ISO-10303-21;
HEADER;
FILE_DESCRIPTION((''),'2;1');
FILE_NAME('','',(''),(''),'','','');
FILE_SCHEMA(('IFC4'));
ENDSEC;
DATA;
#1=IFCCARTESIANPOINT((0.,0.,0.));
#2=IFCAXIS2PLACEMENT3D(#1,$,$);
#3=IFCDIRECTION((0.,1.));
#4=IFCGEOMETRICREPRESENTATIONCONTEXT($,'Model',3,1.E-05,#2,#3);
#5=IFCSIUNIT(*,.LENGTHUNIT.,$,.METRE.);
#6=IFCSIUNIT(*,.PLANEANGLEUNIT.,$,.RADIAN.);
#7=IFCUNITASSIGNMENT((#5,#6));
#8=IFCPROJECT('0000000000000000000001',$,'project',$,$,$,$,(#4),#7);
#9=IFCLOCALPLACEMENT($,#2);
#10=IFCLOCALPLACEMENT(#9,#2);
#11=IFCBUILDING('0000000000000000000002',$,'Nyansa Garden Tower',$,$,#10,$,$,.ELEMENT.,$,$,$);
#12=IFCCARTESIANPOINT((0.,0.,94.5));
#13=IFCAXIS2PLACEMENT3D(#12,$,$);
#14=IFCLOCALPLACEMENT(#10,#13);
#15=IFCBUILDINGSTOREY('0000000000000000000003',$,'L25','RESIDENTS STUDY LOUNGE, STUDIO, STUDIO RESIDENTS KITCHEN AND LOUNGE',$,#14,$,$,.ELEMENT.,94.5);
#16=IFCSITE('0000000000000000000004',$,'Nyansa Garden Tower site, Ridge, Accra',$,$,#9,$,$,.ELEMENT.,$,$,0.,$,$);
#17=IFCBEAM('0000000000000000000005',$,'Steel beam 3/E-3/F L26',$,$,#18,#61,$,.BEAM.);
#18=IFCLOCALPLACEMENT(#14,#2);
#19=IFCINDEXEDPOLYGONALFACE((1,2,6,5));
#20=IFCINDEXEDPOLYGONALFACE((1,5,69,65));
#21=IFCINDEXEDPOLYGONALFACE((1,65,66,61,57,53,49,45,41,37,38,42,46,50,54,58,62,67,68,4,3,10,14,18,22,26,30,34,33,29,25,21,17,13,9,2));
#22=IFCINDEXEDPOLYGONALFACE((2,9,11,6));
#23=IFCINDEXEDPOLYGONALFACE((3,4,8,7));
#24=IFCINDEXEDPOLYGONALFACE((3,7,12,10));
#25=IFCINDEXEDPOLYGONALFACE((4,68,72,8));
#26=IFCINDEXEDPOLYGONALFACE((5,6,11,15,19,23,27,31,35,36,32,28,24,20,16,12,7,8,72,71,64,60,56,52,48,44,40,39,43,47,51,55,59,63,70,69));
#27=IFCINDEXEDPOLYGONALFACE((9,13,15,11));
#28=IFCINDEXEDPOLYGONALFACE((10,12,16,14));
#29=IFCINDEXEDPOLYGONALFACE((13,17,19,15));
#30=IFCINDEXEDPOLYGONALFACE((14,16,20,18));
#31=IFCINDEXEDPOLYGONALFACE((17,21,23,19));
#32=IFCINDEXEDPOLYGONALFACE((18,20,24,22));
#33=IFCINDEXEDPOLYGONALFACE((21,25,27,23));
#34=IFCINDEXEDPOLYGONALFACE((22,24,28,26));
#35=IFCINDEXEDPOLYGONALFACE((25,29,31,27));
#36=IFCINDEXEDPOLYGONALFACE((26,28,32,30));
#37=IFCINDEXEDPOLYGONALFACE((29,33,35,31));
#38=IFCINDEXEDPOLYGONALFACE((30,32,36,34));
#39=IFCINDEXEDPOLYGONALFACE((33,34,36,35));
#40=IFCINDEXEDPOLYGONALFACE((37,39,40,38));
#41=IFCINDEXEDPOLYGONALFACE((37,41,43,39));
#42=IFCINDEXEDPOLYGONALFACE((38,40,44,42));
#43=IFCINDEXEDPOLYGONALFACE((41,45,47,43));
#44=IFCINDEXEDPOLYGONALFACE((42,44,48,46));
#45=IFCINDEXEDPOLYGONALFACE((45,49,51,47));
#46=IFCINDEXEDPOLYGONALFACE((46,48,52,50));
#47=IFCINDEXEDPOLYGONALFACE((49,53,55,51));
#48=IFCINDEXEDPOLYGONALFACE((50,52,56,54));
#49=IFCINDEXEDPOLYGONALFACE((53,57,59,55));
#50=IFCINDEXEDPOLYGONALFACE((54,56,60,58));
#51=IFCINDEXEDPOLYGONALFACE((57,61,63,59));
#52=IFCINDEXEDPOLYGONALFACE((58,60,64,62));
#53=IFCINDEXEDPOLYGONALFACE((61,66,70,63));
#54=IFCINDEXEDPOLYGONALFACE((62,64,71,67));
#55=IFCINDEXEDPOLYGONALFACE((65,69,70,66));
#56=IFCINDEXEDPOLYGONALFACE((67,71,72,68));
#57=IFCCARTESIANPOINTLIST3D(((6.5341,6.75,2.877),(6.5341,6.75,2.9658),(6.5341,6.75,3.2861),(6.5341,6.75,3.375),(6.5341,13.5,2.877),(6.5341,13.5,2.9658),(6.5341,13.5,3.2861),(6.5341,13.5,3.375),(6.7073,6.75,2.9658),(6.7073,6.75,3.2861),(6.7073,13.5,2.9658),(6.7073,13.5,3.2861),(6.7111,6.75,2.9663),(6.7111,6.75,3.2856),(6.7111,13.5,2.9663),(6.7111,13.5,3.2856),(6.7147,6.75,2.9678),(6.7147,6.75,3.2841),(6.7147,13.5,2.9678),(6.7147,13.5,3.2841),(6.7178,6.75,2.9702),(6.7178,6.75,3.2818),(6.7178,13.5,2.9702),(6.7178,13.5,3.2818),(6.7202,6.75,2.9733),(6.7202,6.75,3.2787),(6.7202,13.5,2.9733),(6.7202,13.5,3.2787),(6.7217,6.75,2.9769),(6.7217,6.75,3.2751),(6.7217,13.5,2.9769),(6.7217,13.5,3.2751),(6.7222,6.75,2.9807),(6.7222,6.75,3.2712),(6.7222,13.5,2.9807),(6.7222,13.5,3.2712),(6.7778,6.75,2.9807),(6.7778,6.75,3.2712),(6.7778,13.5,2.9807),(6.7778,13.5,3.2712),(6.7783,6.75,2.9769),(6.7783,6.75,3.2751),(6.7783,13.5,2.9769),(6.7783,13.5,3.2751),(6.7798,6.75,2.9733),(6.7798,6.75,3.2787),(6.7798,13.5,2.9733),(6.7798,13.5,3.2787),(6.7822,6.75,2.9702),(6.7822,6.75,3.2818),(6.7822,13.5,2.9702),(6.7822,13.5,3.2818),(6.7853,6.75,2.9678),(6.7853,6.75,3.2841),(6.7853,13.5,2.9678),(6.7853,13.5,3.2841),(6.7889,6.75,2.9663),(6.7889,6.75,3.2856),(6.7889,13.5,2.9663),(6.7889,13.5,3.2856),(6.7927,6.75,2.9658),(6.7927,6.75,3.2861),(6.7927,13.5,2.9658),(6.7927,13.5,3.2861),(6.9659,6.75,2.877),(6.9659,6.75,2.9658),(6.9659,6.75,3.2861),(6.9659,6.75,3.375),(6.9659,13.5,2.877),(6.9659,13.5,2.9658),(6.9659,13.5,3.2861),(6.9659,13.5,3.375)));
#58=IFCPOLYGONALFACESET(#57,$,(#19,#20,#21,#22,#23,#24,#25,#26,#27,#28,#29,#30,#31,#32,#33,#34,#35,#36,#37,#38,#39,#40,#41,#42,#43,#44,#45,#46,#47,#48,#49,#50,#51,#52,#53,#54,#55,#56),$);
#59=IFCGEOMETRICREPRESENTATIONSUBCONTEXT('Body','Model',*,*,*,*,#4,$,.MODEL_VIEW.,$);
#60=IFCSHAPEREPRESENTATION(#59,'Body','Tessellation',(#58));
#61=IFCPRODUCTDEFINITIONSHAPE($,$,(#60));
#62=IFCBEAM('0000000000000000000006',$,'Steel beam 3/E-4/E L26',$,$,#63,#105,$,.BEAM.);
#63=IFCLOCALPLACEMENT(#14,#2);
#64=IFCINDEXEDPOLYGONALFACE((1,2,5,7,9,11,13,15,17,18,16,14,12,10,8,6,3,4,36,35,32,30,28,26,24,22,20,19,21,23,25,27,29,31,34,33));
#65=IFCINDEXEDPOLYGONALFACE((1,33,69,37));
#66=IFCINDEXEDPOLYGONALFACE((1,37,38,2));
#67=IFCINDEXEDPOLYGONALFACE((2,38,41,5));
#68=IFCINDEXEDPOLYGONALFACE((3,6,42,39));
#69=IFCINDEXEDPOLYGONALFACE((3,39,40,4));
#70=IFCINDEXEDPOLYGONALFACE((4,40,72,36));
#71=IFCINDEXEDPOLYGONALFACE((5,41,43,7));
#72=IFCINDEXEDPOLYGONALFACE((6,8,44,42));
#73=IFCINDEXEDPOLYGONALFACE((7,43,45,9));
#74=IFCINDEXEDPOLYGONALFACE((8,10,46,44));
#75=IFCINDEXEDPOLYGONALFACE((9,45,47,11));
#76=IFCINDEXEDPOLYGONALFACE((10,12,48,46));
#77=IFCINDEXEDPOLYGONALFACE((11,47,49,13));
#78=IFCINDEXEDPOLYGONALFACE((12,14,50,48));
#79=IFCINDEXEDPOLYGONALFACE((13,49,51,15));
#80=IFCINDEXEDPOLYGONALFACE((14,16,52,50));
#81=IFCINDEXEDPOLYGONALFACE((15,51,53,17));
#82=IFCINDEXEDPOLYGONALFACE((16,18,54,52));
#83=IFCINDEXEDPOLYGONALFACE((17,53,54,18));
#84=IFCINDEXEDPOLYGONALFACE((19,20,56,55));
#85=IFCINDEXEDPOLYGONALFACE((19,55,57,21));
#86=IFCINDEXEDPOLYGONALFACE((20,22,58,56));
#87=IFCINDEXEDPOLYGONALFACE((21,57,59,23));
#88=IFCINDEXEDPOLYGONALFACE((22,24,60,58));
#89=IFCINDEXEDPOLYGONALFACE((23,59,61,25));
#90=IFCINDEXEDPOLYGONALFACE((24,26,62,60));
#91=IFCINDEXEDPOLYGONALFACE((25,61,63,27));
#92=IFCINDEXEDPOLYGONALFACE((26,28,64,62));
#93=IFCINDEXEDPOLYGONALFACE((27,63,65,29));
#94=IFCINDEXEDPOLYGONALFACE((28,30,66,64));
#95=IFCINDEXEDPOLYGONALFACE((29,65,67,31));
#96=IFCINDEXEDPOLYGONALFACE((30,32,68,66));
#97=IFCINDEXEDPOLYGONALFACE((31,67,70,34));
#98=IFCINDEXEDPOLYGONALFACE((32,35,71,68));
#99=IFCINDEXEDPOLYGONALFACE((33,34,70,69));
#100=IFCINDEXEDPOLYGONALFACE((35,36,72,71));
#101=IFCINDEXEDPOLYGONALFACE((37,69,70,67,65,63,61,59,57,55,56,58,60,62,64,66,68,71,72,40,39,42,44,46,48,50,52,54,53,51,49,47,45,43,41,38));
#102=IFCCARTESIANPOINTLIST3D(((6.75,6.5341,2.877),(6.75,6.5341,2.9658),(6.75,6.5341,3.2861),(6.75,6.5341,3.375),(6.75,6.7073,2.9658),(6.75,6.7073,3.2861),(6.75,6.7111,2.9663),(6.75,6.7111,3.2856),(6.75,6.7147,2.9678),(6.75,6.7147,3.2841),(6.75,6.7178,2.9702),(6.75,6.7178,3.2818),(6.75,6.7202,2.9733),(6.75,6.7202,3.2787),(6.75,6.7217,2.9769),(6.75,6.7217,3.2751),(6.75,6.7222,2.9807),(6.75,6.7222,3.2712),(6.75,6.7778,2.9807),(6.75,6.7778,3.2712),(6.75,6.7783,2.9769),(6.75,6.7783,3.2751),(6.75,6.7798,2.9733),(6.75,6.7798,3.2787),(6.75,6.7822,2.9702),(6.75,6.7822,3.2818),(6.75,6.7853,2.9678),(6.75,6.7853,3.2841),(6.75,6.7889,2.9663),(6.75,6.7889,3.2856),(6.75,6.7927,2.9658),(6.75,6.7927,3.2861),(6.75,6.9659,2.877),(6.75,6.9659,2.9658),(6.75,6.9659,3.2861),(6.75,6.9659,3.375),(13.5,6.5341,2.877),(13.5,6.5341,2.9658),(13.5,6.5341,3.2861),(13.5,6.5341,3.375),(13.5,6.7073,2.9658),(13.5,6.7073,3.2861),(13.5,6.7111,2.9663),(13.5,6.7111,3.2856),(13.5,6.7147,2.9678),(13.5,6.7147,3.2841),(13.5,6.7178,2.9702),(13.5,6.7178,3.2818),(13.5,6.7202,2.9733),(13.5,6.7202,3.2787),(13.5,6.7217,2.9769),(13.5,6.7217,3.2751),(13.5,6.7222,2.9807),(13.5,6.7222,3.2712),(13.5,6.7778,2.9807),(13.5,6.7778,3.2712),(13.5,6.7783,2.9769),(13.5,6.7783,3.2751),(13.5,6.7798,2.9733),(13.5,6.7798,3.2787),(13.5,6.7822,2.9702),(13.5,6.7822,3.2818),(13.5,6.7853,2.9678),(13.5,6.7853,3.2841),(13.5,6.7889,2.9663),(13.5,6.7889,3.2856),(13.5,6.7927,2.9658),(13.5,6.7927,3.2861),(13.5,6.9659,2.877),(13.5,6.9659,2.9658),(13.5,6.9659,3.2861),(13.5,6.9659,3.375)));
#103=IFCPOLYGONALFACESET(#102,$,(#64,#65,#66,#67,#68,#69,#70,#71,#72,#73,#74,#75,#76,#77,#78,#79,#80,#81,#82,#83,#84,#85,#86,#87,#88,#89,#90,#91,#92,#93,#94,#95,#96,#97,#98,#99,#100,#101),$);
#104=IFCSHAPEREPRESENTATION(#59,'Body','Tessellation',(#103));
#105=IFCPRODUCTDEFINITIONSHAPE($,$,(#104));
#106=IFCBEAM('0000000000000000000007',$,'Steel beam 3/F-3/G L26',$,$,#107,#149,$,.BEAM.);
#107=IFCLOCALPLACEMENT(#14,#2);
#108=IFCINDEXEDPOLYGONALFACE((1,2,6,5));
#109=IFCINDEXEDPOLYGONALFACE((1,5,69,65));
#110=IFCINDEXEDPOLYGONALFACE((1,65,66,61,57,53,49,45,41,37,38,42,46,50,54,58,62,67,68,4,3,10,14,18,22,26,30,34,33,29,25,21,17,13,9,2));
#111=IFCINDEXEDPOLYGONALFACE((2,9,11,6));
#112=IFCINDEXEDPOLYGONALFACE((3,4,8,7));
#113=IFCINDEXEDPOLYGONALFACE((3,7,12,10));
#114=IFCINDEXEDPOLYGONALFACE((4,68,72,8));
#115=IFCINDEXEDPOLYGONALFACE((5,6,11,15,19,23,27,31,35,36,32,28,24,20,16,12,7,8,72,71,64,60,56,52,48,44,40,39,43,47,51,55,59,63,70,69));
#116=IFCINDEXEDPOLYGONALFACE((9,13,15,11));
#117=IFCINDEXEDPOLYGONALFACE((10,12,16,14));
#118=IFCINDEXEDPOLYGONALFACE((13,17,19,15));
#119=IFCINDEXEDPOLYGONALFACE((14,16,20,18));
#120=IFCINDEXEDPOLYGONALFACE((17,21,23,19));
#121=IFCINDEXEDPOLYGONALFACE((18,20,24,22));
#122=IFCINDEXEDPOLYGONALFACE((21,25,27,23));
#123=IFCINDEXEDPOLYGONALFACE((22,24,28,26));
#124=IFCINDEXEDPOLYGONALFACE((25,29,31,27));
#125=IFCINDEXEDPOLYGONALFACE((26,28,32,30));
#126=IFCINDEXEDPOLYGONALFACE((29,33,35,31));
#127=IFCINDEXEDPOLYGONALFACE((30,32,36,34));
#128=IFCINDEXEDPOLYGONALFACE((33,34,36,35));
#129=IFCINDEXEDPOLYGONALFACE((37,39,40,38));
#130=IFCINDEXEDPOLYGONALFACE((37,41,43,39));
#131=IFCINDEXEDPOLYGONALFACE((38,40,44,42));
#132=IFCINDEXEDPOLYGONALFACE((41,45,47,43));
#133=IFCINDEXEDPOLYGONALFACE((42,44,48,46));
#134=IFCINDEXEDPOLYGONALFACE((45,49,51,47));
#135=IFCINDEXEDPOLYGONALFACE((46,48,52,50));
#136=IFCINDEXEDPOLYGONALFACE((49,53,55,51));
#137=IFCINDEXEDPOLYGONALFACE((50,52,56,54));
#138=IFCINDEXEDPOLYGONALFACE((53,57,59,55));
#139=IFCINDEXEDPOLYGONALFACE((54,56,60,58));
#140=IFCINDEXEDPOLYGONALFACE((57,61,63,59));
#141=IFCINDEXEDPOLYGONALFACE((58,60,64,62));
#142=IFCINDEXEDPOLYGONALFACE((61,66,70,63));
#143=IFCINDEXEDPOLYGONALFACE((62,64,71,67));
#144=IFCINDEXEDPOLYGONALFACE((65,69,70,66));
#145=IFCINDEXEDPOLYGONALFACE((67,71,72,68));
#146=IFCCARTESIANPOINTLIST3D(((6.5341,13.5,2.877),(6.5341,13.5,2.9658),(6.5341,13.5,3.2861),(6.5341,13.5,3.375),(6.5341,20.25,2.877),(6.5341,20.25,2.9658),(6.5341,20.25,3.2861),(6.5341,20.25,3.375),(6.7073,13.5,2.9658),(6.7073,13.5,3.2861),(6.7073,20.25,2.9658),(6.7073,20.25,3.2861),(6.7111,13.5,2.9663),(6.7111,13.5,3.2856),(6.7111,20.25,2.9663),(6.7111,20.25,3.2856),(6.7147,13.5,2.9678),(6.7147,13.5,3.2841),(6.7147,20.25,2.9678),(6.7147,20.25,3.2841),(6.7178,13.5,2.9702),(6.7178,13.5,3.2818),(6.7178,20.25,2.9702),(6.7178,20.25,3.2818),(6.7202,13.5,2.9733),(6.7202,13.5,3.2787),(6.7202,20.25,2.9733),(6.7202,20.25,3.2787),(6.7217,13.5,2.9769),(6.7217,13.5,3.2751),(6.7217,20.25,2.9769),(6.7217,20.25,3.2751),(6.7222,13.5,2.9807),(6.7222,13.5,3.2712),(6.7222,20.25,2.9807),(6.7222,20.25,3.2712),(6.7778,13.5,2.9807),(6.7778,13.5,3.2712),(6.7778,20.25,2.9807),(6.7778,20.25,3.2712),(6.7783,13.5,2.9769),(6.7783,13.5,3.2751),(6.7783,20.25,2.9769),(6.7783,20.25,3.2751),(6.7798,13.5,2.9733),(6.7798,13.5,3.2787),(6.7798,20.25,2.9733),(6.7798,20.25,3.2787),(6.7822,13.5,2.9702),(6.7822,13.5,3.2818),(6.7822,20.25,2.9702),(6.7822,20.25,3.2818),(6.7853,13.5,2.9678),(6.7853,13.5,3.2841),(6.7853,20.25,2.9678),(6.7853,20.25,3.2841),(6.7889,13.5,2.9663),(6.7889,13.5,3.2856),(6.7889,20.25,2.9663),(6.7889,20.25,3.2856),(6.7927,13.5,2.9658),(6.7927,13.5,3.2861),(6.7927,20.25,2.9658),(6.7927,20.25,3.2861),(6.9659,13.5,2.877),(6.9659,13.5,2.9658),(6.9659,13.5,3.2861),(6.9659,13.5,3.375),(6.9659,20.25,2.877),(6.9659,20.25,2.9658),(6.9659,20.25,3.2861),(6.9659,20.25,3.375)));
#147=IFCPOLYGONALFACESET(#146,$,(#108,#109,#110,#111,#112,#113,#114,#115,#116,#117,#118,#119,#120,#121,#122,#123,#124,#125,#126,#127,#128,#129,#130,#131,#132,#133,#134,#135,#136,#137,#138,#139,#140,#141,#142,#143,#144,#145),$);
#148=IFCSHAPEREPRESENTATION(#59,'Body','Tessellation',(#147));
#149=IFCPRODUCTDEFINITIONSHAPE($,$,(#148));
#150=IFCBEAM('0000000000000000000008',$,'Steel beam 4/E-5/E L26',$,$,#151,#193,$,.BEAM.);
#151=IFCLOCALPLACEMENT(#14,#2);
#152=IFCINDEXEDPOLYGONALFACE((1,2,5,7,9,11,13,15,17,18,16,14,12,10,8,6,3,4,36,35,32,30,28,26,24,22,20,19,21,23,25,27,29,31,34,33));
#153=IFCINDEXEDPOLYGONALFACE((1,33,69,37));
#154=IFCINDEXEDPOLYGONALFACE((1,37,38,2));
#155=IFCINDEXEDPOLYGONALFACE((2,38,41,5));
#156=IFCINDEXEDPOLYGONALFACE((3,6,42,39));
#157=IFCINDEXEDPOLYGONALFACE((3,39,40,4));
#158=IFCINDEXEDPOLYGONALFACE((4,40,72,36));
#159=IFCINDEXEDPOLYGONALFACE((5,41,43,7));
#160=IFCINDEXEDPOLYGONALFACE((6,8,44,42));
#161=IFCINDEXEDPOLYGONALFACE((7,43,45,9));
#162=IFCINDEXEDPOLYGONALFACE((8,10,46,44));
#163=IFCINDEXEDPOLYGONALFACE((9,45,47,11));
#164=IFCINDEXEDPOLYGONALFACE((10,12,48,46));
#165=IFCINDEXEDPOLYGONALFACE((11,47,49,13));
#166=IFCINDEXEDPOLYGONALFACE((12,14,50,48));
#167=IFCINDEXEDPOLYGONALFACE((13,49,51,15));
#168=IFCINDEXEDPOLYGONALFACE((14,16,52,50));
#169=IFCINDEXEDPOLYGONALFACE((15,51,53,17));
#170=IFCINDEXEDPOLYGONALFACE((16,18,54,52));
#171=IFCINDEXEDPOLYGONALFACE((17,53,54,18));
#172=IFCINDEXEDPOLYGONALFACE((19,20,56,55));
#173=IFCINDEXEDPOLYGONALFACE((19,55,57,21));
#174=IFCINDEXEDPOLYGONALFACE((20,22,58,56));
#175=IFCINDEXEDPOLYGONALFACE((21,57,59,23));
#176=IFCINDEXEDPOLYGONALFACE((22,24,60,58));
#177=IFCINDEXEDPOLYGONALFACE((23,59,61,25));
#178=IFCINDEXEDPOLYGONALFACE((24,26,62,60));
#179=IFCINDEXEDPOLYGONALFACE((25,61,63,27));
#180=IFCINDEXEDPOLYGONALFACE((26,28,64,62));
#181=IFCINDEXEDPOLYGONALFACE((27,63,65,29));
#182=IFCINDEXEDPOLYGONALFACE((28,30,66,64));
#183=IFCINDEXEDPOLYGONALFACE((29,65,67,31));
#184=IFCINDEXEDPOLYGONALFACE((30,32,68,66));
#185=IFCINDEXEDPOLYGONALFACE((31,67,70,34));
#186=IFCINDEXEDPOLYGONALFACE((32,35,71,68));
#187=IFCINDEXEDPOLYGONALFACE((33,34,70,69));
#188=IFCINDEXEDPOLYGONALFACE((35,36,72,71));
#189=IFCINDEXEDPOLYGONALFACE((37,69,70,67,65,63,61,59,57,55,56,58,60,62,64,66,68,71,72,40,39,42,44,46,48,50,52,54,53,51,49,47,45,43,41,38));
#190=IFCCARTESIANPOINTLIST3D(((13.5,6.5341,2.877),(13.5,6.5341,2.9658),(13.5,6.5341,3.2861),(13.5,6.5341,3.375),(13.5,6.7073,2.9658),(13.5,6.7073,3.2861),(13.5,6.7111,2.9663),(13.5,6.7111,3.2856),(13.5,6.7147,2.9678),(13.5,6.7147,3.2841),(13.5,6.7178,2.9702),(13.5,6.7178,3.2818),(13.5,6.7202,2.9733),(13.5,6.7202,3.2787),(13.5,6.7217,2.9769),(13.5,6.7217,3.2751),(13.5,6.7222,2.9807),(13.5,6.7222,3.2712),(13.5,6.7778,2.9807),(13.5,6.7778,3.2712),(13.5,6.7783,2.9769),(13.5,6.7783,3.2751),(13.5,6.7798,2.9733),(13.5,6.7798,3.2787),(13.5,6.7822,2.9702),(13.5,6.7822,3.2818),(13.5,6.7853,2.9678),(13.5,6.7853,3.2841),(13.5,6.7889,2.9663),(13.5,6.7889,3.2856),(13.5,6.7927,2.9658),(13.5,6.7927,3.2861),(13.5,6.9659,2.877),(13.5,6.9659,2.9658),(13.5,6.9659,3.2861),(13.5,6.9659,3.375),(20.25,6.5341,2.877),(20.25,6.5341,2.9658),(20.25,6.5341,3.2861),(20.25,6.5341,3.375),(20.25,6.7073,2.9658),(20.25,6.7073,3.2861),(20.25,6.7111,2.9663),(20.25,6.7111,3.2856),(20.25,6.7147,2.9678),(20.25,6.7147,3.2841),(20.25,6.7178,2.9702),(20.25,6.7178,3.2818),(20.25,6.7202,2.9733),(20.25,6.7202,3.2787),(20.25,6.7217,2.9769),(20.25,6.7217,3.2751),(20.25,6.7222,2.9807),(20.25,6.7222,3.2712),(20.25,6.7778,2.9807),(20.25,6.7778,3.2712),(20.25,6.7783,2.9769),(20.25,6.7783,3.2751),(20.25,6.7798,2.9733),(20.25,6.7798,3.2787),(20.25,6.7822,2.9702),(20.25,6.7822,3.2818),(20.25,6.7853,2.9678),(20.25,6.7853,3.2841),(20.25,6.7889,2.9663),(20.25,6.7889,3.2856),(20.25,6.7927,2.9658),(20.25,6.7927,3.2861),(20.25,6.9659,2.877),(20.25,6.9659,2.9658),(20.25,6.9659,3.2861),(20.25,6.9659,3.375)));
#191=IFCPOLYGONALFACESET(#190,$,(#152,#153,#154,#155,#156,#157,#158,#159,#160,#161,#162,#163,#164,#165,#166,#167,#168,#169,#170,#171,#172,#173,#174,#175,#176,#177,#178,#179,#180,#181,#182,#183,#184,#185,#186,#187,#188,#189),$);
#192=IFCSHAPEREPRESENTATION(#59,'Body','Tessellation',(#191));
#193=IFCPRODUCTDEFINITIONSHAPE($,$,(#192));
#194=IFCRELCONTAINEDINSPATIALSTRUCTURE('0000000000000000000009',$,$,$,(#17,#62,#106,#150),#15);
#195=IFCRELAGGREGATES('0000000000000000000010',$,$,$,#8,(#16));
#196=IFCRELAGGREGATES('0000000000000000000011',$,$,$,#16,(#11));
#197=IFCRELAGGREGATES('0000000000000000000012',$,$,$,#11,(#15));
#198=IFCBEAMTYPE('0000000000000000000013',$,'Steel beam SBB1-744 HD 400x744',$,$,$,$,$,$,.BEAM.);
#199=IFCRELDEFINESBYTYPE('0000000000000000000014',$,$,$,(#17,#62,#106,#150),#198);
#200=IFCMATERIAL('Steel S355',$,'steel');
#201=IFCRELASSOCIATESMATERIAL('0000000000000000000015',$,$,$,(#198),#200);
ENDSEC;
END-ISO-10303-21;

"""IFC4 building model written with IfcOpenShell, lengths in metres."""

from ifc_helpers import new_model, si_unit, direction, frame, origin, origin_2d, place, context, subcontext, project, spatial, i_section, extrude, material, material_profile, profile_set, type_object, element, save


model = new_model("IFC4")

# Units and contexts
model_context = context("Model", 3, precision=1e-05, world=origin(), true_north=direction((0.0, 1.0)))
body_context = subcontext(model_context, "Body", "Model", "MODEL_VIEW")
ifc_project = project(units=[si_unit("LENGTHUNIT", "METRE"), si_unit("PLANEANGLEUNIT", "RADIAN")], contexts=[model_context])

# Site, building, storey
site_placement = place(None, origin())
site = spatial("IfcSite", under=ifc_project, at=site_placement, Name="Nyansa Garden Tower site, Ridge, Accra", CompositionType="ELEMENT", RefElevation=0.0)
building_placement = place(site_placement, origin())
building = spatial("IfcBuilding", under=site, at=building_placement, Name="Nyansa Garden Tower", CompositionType="ELEMENT")
storey_placement = place(building_placement, frame((0.0, 0.0, 94.5)))
storey = spatial("IfcBuildingStorey", under=building, at=storey_placement, Name="L25", Description="RESIDENTS STUDY LOUNGE, STUDIO, STUDIO RESIDENTS KITCHEN AND LOUNGE", CompositionType="ELEMENT", Elevation=94.5)

# Beams
ifc_material_1 = material(Name="Steel S355", Category="steel")
ifc_material_profile_1 = material_profile(ifc_material_1, i_section(OverallWidth=0.4319, OverallDepth=0.498, WebThickness=0.0557, FlangeThickness=0.0889, FilletRadius=0.0149, at=origin_2d()), Name="HD 400x744")
ifc_profile_set_1 = profile_set([ifc_material_profile_1], Name="Steel S355")
beam_type_1 = type_object("IfcBeamType", Name="Steel beam SBB1-744 HD 400x744", PredefinedType="BEAM", material=ifc_profile_set_1)
for number, where, z_axis, x_axis, name in (
    (1, (6.75, 6.75, 3.126), (0.0, 1.0, 0.0), (-1.0, 0.0, 0.0), "Steel beam 3/E-3/F L26"),
    (2, (6.75, 6.75, 3.126), (1.0, 0.0, 0.0), (0.0, 1.0, 0.0), "Steel beam 3/E-4/E L26"),
    (3, (6.75, 13.5, 3.126), (0.0, 1.0, 0.0), (-1.0, 0.0, 0.0), "Steel beam 3/F-3/G L26"),
    (4, (13.5, 6.75, 3.126), (1.0, 0.0, 0.0), (0.0, 1.0, 0.0), "Steel beam 4/E-5/E L26"),
):
    element("IfcBeam", number, at=place(storey_placement, frame(where, z_axis=z_axis, x_axis=x_axis)), inside=storey, type_object=beam_type_1, Name=name, PredefinedType="BEAM", context=body_context, shape_type="SweptSolid", body=[
        extrude(i_section(OverallWidth=0.4319, OverallDepth=0.498, WebThickness=0.0557, FlangeThickness=0.0889, FilletRadius=0.0149, at=origin_2d()), origin(), (0.0, 0.0, 1.0), 6.75),
    ])

save(model, "model.ifc")
